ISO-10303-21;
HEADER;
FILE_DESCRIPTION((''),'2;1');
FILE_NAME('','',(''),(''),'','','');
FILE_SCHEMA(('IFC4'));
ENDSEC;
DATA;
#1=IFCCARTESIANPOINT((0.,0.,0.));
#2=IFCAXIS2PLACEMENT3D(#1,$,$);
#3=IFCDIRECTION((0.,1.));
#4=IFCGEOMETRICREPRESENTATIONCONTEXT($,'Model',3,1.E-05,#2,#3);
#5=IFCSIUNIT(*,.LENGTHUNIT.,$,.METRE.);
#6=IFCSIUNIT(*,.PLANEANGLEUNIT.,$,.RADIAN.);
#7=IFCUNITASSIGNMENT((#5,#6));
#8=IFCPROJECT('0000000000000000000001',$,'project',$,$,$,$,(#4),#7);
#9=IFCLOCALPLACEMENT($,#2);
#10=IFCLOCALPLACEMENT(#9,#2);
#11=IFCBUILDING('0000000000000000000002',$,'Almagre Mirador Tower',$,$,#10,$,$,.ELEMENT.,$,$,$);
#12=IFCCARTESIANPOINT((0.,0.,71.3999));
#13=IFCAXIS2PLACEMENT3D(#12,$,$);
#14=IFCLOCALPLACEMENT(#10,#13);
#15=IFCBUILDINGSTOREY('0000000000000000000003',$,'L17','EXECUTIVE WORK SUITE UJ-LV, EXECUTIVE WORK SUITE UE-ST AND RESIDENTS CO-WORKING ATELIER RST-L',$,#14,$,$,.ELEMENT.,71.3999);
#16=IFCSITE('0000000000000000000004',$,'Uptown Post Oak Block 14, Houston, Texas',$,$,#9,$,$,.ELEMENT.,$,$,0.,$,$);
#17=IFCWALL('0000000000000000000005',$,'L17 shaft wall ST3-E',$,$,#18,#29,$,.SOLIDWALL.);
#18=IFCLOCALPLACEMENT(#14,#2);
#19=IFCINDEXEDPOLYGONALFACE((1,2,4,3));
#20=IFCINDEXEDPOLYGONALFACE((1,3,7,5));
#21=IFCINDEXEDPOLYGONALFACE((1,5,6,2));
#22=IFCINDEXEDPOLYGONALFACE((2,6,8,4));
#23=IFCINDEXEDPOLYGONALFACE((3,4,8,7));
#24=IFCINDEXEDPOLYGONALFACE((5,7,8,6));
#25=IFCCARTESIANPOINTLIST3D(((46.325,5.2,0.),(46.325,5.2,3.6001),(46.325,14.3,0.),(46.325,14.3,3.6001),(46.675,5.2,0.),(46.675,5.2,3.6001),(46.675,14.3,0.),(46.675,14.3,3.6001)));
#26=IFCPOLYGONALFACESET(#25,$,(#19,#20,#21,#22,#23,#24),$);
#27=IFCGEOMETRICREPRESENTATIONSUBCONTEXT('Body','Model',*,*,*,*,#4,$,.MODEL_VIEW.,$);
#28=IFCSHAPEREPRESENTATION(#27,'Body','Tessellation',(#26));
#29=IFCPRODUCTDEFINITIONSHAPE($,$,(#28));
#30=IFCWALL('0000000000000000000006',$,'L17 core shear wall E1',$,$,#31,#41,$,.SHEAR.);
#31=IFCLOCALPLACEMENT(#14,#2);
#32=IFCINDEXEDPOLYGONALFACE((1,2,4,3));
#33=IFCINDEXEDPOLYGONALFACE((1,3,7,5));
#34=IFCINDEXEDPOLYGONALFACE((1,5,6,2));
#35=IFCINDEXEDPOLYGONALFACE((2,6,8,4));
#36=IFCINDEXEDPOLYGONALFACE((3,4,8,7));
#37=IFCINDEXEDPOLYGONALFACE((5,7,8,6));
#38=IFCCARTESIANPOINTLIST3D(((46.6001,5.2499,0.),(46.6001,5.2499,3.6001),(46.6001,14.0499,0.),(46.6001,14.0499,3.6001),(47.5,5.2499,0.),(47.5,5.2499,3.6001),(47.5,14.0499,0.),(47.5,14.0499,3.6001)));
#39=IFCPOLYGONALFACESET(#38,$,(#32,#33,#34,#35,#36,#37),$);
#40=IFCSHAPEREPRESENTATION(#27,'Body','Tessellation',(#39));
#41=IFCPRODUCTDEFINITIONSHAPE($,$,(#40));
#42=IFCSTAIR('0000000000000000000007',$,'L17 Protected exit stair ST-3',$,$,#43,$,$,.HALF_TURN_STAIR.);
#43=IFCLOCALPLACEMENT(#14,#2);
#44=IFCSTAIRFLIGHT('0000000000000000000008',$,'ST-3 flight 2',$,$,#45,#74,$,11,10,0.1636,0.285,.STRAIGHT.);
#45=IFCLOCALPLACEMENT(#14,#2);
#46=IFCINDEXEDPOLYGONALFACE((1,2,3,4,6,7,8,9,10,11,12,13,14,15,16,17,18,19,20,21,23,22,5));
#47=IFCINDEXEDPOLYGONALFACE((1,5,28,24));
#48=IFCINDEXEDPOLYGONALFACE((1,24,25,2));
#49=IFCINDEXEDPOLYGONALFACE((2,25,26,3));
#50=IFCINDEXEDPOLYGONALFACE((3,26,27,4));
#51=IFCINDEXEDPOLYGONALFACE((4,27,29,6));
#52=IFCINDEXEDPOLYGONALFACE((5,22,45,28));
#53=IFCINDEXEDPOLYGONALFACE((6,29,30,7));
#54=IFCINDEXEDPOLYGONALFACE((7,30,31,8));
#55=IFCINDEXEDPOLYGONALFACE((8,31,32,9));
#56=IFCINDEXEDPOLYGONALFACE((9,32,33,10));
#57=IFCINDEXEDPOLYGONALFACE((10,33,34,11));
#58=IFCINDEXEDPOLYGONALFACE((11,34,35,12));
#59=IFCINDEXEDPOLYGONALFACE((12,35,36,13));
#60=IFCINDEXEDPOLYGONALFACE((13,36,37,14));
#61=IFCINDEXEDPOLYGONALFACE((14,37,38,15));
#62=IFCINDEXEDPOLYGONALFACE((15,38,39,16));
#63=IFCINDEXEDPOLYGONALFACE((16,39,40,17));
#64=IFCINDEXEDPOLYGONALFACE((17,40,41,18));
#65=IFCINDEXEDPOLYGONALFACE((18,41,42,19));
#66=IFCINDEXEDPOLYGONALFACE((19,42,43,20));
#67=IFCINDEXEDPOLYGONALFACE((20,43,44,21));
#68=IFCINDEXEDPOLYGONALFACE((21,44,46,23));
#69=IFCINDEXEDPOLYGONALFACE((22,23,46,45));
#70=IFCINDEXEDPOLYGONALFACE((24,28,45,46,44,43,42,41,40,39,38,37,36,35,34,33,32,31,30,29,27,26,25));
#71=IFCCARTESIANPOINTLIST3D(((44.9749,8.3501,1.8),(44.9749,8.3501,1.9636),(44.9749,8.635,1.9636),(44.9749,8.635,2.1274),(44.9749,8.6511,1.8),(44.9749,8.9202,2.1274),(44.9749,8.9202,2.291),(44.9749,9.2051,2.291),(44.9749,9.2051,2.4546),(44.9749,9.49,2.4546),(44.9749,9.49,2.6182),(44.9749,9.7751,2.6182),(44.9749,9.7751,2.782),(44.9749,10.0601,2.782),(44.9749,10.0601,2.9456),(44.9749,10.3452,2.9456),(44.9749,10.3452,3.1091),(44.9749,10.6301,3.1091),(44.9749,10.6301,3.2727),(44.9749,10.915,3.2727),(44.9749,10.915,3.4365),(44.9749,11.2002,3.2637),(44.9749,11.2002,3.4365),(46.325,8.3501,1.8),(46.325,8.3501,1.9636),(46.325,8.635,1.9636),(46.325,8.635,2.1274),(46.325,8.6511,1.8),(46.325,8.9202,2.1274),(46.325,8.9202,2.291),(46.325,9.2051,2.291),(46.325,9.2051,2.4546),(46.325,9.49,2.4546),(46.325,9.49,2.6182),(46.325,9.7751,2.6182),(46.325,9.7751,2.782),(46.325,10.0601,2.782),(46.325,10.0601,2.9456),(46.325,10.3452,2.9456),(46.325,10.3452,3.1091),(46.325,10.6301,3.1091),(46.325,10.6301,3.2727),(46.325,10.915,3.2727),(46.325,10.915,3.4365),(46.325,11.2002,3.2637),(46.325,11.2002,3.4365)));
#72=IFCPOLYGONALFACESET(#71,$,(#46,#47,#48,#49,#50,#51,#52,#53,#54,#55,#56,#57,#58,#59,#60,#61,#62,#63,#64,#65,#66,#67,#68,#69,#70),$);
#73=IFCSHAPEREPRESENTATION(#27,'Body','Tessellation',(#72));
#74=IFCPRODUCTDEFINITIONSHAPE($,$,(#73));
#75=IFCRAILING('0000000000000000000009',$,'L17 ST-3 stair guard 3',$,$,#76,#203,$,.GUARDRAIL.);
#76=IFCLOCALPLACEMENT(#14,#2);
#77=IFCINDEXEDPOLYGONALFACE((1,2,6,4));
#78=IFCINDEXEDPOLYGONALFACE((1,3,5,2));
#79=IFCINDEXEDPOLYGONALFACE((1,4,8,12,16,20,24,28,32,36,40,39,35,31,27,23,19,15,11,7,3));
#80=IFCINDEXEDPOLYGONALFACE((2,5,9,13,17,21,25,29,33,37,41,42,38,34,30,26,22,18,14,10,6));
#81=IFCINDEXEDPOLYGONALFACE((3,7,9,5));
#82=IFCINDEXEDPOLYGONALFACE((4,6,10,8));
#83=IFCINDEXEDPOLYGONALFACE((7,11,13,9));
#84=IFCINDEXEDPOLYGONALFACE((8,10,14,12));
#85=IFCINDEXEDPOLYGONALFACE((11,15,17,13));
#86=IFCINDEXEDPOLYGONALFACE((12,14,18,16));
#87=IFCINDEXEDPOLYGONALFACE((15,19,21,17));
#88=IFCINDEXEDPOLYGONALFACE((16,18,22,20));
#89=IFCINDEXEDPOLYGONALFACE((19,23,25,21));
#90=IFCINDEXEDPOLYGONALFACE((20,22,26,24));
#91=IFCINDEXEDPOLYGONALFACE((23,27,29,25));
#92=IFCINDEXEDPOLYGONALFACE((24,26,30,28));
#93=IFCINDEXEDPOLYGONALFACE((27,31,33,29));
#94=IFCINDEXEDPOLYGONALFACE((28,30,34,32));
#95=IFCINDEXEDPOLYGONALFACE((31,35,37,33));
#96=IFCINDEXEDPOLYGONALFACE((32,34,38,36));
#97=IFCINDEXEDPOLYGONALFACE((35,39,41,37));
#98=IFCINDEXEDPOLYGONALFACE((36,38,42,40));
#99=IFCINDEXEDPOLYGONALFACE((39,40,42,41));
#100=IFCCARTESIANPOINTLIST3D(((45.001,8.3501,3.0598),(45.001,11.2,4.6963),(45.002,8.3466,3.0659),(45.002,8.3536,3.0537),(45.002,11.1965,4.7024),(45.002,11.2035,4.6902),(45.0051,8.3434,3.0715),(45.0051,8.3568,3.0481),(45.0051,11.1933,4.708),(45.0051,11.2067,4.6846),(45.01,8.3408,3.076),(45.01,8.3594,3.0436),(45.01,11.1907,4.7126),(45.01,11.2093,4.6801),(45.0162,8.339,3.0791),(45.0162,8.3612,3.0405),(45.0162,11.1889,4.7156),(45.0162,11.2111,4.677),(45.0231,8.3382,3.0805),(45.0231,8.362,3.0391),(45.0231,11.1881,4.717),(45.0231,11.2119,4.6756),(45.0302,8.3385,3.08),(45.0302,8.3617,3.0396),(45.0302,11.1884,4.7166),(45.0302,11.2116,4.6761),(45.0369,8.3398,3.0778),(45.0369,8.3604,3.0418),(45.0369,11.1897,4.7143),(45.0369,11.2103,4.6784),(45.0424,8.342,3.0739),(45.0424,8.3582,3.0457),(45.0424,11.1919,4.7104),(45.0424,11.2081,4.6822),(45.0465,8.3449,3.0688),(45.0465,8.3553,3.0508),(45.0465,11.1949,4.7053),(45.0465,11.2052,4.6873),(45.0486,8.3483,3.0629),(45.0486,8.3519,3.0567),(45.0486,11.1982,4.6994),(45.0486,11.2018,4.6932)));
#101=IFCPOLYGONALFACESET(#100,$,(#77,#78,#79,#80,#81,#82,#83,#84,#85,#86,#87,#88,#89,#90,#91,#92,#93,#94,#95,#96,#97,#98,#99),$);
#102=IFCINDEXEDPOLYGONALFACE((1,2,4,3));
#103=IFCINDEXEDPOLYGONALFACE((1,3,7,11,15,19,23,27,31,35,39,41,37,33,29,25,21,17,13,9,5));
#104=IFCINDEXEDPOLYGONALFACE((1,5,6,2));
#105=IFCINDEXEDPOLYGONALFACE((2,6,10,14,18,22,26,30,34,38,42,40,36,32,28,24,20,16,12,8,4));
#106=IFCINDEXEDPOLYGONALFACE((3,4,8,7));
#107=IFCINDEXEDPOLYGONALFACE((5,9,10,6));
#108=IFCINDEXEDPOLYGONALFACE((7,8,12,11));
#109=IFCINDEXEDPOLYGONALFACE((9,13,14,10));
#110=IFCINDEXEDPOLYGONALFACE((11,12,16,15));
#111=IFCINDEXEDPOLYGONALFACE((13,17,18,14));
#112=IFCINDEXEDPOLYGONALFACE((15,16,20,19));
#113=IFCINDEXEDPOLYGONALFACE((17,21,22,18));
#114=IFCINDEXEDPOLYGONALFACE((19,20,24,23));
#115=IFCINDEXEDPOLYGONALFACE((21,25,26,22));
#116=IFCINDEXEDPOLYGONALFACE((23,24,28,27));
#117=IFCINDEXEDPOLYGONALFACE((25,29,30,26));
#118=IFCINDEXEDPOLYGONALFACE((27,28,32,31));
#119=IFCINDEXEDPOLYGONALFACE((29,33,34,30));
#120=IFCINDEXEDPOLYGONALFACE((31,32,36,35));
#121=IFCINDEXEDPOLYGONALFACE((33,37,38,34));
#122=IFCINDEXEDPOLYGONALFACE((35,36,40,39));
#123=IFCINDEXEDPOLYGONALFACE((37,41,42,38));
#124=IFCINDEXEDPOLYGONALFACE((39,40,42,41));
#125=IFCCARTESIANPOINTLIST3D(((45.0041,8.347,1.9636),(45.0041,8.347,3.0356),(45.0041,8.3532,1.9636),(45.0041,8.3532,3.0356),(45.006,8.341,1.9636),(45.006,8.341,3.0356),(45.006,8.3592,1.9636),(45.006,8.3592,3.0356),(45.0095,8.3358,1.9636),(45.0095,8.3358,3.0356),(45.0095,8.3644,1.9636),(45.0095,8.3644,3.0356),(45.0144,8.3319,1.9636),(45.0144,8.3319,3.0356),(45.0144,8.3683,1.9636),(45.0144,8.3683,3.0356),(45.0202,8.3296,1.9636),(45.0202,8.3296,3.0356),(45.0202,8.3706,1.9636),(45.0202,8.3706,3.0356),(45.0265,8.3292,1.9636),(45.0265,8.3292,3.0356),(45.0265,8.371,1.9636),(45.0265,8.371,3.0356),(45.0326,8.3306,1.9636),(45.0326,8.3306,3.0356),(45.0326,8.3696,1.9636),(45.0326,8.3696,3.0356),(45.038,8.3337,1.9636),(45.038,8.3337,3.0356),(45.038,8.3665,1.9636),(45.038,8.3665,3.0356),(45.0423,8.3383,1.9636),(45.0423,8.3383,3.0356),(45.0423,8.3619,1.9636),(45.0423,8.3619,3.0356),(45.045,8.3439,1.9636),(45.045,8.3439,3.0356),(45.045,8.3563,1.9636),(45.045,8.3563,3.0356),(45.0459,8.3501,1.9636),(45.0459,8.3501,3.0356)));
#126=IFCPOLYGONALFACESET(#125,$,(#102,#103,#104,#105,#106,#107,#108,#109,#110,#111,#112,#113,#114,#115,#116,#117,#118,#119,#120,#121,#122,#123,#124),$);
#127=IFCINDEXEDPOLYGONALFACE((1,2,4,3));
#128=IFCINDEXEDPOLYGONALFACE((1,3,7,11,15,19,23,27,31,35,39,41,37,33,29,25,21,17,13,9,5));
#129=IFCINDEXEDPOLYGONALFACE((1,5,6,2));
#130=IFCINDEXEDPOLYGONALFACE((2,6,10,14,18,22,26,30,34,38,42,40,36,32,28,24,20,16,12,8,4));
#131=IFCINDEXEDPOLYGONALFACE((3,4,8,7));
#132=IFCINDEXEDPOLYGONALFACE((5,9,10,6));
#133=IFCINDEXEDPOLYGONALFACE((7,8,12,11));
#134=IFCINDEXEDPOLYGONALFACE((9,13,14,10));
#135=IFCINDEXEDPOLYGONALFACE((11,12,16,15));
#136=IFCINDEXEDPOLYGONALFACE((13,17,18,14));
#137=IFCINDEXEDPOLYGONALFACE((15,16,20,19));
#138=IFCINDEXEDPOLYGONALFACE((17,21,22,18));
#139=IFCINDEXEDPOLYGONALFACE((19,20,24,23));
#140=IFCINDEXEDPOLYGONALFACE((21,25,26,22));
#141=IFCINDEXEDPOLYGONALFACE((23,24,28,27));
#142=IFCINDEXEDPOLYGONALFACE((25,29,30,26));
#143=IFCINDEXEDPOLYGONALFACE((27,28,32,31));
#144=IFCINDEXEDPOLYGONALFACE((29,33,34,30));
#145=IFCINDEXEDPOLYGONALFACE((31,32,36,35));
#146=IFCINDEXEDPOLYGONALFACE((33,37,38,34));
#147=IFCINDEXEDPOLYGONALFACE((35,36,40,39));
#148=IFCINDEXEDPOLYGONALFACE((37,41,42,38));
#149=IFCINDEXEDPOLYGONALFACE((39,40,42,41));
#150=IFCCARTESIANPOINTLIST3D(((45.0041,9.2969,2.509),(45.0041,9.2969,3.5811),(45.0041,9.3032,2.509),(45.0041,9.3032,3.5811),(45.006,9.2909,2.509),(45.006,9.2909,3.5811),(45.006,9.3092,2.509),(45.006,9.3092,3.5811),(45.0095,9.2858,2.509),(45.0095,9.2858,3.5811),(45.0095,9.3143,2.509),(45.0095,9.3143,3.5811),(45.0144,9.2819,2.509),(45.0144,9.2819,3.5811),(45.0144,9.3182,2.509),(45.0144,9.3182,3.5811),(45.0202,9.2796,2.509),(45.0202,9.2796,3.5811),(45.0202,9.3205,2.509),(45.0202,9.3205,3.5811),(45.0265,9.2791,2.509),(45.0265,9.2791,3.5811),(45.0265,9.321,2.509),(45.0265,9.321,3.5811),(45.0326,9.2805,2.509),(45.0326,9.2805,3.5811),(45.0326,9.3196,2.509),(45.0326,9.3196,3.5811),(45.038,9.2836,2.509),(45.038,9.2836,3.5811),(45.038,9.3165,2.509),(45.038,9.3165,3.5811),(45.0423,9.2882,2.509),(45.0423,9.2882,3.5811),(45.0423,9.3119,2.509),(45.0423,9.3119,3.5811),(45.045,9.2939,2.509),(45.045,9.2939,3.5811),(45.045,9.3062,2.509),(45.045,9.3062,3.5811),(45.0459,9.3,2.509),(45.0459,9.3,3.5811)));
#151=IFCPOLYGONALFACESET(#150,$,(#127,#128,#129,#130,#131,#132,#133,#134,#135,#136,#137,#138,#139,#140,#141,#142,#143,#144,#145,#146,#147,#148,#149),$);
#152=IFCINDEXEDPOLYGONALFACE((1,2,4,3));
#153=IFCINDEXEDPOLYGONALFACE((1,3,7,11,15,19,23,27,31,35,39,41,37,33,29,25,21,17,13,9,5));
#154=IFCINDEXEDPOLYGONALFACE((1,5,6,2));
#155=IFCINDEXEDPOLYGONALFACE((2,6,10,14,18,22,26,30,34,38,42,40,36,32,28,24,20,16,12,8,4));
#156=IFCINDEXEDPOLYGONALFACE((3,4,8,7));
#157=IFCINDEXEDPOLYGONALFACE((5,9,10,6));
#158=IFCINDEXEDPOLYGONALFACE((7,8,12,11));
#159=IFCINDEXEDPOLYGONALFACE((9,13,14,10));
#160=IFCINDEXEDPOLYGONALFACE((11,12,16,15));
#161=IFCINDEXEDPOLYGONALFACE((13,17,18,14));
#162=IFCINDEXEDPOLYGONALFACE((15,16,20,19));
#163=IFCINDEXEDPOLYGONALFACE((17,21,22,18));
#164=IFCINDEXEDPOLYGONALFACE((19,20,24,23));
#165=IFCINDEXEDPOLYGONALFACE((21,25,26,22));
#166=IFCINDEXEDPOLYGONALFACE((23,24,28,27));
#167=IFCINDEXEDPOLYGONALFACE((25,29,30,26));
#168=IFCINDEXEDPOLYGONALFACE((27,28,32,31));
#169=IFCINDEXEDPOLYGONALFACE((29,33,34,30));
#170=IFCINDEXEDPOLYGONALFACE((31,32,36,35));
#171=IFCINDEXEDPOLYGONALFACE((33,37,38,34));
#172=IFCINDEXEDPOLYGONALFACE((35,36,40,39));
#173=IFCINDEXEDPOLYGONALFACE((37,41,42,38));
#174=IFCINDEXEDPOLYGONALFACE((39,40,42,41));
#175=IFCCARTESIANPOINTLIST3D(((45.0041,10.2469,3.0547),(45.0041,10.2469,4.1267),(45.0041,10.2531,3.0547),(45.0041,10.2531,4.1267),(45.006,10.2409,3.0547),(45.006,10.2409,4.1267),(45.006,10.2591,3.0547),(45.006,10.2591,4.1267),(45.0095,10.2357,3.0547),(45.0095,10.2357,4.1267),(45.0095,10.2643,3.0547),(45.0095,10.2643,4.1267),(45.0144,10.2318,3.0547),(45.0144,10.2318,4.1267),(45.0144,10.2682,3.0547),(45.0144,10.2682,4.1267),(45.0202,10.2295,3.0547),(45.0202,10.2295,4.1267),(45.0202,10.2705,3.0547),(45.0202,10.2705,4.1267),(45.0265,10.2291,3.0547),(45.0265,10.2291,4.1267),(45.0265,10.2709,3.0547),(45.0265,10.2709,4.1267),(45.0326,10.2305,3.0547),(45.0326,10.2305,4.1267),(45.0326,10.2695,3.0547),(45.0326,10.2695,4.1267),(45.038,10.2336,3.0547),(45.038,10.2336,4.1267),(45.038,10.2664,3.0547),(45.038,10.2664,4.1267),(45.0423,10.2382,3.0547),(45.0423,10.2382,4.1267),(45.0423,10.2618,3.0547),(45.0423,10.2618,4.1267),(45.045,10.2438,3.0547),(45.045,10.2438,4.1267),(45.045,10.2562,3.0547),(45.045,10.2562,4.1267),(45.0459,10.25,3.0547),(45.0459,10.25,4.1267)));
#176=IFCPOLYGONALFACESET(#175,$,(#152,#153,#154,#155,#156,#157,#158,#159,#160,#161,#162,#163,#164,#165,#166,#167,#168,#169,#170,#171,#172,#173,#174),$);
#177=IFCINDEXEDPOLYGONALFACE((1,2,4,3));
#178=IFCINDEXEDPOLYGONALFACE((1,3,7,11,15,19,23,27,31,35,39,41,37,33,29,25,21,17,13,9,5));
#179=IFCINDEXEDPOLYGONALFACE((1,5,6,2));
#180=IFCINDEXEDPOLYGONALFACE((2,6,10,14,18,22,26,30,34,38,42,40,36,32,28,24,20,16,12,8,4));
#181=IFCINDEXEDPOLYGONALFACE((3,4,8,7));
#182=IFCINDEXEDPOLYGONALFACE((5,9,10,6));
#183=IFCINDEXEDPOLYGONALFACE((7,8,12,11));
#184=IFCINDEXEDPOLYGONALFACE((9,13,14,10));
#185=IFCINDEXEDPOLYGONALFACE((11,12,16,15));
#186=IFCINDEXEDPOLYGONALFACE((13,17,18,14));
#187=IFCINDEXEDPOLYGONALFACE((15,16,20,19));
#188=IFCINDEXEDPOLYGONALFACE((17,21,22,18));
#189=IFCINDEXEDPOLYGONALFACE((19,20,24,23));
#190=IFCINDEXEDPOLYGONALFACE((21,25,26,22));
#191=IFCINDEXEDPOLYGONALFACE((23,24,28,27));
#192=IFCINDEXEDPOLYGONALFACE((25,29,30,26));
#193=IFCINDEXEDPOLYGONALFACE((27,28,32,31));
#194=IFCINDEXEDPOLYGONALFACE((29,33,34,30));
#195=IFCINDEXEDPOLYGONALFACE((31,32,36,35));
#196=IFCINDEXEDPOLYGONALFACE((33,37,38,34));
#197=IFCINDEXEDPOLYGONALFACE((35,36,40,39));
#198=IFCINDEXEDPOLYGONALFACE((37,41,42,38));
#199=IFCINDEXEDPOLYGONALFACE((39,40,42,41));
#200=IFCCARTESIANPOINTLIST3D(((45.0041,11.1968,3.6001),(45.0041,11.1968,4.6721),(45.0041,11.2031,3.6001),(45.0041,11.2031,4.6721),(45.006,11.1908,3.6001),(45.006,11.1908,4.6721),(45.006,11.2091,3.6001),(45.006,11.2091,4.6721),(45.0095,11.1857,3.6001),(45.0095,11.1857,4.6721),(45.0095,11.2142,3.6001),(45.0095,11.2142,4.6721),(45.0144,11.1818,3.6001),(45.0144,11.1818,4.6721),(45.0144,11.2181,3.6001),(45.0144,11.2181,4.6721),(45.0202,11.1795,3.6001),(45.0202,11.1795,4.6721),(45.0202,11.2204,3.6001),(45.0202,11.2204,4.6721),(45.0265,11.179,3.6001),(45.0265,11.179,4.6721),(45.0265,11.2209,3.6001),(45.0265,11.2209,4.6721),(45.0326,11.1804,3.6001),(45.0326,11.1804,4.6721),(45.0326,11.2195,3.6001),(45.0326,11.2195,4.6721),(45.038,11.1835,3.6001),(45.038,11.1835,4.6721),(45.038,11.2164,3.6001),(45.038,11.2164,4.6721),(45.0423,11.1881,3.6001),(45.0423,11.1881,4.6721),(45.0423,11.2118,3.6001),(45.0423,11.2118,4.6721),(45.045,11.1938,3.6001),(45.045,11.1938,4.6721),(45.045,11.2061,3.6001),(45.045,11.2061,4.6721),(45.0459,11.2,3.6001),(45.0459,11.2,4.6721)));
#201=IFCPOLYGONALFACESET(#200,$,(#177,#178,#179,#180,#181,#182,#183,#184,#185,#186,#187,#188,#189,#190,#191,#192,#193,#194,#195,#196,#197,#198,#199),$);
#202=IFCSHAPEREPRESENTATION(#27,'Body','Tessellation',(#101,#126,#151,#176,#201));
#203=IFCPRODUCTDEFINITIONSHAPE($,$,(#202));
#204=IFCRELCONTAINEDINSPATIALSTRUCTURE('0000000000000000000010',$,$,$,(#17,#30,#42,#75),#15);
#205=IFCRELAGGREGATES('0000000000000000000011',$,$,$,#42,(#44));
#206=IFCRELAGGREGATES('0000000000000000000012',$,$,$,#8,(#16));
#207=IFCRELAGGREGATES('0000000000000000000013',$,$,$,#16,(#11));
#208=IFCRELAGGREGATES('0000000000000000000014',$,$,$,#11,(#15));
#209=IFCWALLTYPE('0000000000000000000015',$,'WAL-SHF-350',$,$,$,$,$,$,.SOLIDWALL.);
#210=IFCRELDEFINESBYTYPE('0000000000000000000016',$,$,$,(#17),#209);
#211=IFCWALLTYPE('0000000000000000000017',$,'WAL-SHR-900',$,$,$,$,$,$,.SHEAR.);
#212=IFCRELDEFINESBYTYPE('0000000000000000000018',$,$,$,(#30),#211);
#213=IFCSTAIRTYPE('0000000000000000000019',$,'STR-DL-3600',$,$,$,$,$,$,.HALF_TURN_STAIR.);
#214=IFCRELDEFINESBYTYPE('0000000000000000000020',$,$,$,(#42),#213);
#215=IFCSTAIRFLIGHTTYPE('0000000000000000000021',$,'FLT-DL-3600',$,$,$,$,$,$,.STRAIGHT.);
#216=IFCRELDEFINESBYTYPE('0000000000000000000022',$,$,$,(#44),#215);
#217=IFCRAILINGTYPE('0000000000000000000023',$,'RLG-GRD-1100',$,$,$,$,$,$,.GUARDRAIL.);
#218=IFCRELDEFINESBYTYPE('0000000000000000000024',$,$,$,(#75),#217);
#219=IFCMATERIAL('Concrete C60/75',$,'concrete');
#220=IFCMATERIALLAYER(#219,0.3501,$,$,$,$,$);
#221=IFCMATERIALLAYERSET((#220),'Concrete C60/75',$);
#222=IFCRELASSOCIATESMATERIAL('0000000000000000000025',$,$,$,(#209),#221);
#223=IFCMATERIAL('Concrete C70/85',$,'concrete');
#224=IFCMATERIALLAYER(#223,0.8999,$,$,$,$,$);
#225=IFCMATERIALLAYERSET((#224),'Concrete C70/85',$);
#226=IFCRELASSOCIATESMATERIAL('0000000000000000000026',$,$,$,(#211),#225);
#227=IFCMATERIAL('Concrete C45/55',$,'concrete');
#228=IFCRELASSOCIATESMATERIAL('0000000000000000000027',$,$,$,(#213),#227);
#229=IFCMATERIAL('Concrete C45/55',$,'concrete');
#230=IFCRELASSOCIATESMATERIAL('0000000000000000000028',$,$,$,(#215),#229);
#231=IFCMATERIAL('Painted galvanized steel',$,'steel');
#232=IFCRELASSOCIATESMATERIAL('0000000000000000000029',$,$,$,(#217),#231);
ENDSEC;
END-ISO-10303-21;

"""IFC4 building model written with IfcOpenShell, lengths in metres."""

from ifc_helpers import new_model, si_unit, direction, frame, frame_2d, origin, origin_2d, place, context, subcontext, project, spatial, polyline, rectangle, circle, outline, extrude, material, layer, layer_set, type_object, element, aggregate, save


model = new_model("IFC4")

# Units and contexts
model_context = context("Model", 3, precision=1e-05, world=origin(), true_north=direction((0.0, 1.0)))
body_context = subcontext(model_context, "Body", "Model", "MODEL_VIEW")
ifc_project = project(units=[si_unit("LENGTHUNIT", "METRE"), si_unit("PLANEANGLEUNIT", "RADIAN")], contexts=[model_context])

# Site, building, storey
site_placement = place(None, origin())
site = spatial("IfcSite", under=ifc_project, at=site_placement, Name="Uptown Post Oak Block 14, Houston, Texas", CompositionType="ELEMENT", RefElevation=0.0)
building_placement = place(site_placement, origin())
building = spatial("IfcBuilding", under=site, at=building_placement, Name="Almagre Mirador Tower", CompositionType="ELEMENT")
storey_placement = place(building_placement, frame((0.0, 0.0, 71.3999)))
storey = spatial("IfcBuildingStorey", under=building, at=storey_placement, Name="L17", Description="EXECUTIVE WORK SUITE UJ-LV, EXECUTIVE WORK SUITE UE-ST AND RESIDENTS CO-WORKING ATELIER RST-L", CompositionType="ELEMENT", Elevation=71.3999)

# Walls
ifc_material_1 = material(Name="Concrete C60/75", Category="concrete")
ifc_layer_1 = layer(ifc_material_1, 0.3501)
ifc_layer_set_1 = layer_set([ifc_layer_1], Name="Concrete C60/75")
wall_type_1 = type_object("IfcWallType", Name="WAL-SHF-350", PredefinedType="SOLIDWALL", material=ifc_layer_set_1)
wall_1_placement = place(storey_placement, frame((46.5, 5.2, 0.0), z_axis=(0.0, 0.0, 1.0), x_axis=(0.0, 1.0, 0.0)))
element("IfcWall", 1, at=wall_1_placement, inside=storey, type_object=wall_type_1, Name="L17 shaft wall ST3-E", PredefinedType="SOLIDWALL", context=body_context, shape_type="SweptSolid", body=[
    extrude(rectangle(XDim=9.1001, YDim=0.3501, at=frame_2d((4.55, 0.0))), origin(), (0.0, 0.0, 1.0), 3.6001),
])
ifc_material_2 = material(Name="Concrete C70/85", Category="concrete")
ifc_layer_2 = layer(ifc_material_2, 0.8999)
ifc_layer_set_2 = layer_set([ifc_layer_2], Name="Concrete C70/85")
wall_type_2 = type_object("IfcWallType", Name="WAL-SHR-900", PredefinedType="SHEAR", material=ifc_layer_set_2)
wall_2_placement = place(storey_placement, frame((47.05, 5.25, 0.0), z_axis=(0.0, 0.0, 1.0), x_axis=(0.0, 1.0, 0.0)))
element("IfcWall", 2, at=wall_2_placement, inside=storey, type_object=wall_type_2, Name="L17 core shear wall E1", PredefinedType="SHEAR", context=body_context, shape_type="SweptSolid", body=[
    extrude(rectangle(XDim=8.8, YDim=0.8999, at=frame_2d((4.3999, 0.0))), origin(), (0.0, 0.0, 1.0), 3.6001),
])

# Stair, stair flight
ifc_material_3 = material(Name="Concrete C45/55", Category="concrete")
stair_type = type_object("IfcStairType", Name="STR-DL-3600", PredefinedType="HALF_TURN_STAIR", material=ifc_material_3)
stair_placement = place(storey_placement, origin())
stair = element("IfcStair", 3, at=stair_placement, inside=storey, type_object=stair_type, Name="L17 Protected exit stair ST-3", PredefinedType="HALF_TURN_STAIR")
ifc_material_4 = material(Name="Concrete C45/55", Category="concrete")
stair_flight_type = type_object("IfcStairFlightType", Name="FLT-DL-3600", PredefinedType="STRAIGHT", material=ifc_material_4)
stair_flight_placement = place(storey_placement, frame((45.6499, 8.3501, 1.8), z_axis=(0.0, 0.0, 1.0), x_axis=(0.0, 1.0, 0.0)))
stair_flight = element("IfcStairFlight", 4, at=stair_flight_placement, type_object=stair_flight_type, Name="ST-3 flight 2", NumberOfRisers=11, NumberOfTreads=10, PredefinedType="STRAIGHT", RiserHeight=0.1636, TreadLength=0.285, context=body_context, shape_type="SweptSolid", body=[
    extrude(outline(polyline([(0.0, 0.0), (0.0, 0.1636), (0.2849, 0.1636), (0.2849, 0.3274), (0.5701, 0.3274), (0.5701, 0.491), (0.855, 0.491), (0.855, 0.6545), (1.1399, 0.6545), (1.1399, 0.8181), (1.425, 0.8181), (1.425, 0.9819), (1.71, 0.9819), (1.71, 1.1455), (1.9951, 1.1455), (1.9951, 1.3091), (2.28, 1.3091), (2.28, 1.4727), (2.5649, 1.4727), (2.5649, 1.6365), (2.8501, 1.6365), (2.8501, 1.8), (2.8501, 1.4636), (0.301, 0.0), (0.0, 0.0)])), frame((0.0, 0.675, 0.0), z_axis=(0.0, -1.0, 0.0), x_axis=(1.0, 0.0, 0.0)), (0.0, 0.0, 1.0), 1.3501),
])
aggregate(stair, [stair_flight])

# Railing
ifc_material_5 = material(Name="Painted galvanized steel", Category="steel")
railing_type_1 = type_object("IfcRailingType", Name="RLG-GRD-1100", PredefinedType="GUARDRAIL", material=ifc_material_5)
railing_1_placement = place(storey_placement, frame((45.0249, 8.3501, 1.9636)))
element("IfcRailing", 5, at=railing_1_placement, inside=storey, type_object=railing_type_1, Name="L17 ST-3 stair guard 3", PredefinedType="GUARDRAIL", context=body_context, shape_type="SweptSolid", body=[
    extrude(circle(Radius=0.0239, at=origin_2d()), frame((0.0, 0.0, 1.0962), z_axis=(0.0, 0.867194, 0.49797), x_axis=(-1.0, 0.0, 0.0)), (0.0, 0.0, 1.0), 3.2864),
    extrude(circle(Radius=0.021, at=origin_2d()), origin(), (0.0, 0.0, 1.0), 1.072),
    extrude(circle(Radius=0.021, at=origin_2d()), frame((0.0, 0.95, 0.5454)), (0.0, 0.0, 1.0), 1.072),
    extrude(circle(Radius=0.021, at=origin_2d()), frame((0.0, 1.8999, 1.0911)), (0.0, 0.0, 1.0), 1.072),
    extrude(circle(Radius=0.021, at=origin_2d()), frame((0.0, 2.8499, 1.6365)), (0.0, 0.0, 1.0), 1.072),
])

save(model, "model.ifc")
